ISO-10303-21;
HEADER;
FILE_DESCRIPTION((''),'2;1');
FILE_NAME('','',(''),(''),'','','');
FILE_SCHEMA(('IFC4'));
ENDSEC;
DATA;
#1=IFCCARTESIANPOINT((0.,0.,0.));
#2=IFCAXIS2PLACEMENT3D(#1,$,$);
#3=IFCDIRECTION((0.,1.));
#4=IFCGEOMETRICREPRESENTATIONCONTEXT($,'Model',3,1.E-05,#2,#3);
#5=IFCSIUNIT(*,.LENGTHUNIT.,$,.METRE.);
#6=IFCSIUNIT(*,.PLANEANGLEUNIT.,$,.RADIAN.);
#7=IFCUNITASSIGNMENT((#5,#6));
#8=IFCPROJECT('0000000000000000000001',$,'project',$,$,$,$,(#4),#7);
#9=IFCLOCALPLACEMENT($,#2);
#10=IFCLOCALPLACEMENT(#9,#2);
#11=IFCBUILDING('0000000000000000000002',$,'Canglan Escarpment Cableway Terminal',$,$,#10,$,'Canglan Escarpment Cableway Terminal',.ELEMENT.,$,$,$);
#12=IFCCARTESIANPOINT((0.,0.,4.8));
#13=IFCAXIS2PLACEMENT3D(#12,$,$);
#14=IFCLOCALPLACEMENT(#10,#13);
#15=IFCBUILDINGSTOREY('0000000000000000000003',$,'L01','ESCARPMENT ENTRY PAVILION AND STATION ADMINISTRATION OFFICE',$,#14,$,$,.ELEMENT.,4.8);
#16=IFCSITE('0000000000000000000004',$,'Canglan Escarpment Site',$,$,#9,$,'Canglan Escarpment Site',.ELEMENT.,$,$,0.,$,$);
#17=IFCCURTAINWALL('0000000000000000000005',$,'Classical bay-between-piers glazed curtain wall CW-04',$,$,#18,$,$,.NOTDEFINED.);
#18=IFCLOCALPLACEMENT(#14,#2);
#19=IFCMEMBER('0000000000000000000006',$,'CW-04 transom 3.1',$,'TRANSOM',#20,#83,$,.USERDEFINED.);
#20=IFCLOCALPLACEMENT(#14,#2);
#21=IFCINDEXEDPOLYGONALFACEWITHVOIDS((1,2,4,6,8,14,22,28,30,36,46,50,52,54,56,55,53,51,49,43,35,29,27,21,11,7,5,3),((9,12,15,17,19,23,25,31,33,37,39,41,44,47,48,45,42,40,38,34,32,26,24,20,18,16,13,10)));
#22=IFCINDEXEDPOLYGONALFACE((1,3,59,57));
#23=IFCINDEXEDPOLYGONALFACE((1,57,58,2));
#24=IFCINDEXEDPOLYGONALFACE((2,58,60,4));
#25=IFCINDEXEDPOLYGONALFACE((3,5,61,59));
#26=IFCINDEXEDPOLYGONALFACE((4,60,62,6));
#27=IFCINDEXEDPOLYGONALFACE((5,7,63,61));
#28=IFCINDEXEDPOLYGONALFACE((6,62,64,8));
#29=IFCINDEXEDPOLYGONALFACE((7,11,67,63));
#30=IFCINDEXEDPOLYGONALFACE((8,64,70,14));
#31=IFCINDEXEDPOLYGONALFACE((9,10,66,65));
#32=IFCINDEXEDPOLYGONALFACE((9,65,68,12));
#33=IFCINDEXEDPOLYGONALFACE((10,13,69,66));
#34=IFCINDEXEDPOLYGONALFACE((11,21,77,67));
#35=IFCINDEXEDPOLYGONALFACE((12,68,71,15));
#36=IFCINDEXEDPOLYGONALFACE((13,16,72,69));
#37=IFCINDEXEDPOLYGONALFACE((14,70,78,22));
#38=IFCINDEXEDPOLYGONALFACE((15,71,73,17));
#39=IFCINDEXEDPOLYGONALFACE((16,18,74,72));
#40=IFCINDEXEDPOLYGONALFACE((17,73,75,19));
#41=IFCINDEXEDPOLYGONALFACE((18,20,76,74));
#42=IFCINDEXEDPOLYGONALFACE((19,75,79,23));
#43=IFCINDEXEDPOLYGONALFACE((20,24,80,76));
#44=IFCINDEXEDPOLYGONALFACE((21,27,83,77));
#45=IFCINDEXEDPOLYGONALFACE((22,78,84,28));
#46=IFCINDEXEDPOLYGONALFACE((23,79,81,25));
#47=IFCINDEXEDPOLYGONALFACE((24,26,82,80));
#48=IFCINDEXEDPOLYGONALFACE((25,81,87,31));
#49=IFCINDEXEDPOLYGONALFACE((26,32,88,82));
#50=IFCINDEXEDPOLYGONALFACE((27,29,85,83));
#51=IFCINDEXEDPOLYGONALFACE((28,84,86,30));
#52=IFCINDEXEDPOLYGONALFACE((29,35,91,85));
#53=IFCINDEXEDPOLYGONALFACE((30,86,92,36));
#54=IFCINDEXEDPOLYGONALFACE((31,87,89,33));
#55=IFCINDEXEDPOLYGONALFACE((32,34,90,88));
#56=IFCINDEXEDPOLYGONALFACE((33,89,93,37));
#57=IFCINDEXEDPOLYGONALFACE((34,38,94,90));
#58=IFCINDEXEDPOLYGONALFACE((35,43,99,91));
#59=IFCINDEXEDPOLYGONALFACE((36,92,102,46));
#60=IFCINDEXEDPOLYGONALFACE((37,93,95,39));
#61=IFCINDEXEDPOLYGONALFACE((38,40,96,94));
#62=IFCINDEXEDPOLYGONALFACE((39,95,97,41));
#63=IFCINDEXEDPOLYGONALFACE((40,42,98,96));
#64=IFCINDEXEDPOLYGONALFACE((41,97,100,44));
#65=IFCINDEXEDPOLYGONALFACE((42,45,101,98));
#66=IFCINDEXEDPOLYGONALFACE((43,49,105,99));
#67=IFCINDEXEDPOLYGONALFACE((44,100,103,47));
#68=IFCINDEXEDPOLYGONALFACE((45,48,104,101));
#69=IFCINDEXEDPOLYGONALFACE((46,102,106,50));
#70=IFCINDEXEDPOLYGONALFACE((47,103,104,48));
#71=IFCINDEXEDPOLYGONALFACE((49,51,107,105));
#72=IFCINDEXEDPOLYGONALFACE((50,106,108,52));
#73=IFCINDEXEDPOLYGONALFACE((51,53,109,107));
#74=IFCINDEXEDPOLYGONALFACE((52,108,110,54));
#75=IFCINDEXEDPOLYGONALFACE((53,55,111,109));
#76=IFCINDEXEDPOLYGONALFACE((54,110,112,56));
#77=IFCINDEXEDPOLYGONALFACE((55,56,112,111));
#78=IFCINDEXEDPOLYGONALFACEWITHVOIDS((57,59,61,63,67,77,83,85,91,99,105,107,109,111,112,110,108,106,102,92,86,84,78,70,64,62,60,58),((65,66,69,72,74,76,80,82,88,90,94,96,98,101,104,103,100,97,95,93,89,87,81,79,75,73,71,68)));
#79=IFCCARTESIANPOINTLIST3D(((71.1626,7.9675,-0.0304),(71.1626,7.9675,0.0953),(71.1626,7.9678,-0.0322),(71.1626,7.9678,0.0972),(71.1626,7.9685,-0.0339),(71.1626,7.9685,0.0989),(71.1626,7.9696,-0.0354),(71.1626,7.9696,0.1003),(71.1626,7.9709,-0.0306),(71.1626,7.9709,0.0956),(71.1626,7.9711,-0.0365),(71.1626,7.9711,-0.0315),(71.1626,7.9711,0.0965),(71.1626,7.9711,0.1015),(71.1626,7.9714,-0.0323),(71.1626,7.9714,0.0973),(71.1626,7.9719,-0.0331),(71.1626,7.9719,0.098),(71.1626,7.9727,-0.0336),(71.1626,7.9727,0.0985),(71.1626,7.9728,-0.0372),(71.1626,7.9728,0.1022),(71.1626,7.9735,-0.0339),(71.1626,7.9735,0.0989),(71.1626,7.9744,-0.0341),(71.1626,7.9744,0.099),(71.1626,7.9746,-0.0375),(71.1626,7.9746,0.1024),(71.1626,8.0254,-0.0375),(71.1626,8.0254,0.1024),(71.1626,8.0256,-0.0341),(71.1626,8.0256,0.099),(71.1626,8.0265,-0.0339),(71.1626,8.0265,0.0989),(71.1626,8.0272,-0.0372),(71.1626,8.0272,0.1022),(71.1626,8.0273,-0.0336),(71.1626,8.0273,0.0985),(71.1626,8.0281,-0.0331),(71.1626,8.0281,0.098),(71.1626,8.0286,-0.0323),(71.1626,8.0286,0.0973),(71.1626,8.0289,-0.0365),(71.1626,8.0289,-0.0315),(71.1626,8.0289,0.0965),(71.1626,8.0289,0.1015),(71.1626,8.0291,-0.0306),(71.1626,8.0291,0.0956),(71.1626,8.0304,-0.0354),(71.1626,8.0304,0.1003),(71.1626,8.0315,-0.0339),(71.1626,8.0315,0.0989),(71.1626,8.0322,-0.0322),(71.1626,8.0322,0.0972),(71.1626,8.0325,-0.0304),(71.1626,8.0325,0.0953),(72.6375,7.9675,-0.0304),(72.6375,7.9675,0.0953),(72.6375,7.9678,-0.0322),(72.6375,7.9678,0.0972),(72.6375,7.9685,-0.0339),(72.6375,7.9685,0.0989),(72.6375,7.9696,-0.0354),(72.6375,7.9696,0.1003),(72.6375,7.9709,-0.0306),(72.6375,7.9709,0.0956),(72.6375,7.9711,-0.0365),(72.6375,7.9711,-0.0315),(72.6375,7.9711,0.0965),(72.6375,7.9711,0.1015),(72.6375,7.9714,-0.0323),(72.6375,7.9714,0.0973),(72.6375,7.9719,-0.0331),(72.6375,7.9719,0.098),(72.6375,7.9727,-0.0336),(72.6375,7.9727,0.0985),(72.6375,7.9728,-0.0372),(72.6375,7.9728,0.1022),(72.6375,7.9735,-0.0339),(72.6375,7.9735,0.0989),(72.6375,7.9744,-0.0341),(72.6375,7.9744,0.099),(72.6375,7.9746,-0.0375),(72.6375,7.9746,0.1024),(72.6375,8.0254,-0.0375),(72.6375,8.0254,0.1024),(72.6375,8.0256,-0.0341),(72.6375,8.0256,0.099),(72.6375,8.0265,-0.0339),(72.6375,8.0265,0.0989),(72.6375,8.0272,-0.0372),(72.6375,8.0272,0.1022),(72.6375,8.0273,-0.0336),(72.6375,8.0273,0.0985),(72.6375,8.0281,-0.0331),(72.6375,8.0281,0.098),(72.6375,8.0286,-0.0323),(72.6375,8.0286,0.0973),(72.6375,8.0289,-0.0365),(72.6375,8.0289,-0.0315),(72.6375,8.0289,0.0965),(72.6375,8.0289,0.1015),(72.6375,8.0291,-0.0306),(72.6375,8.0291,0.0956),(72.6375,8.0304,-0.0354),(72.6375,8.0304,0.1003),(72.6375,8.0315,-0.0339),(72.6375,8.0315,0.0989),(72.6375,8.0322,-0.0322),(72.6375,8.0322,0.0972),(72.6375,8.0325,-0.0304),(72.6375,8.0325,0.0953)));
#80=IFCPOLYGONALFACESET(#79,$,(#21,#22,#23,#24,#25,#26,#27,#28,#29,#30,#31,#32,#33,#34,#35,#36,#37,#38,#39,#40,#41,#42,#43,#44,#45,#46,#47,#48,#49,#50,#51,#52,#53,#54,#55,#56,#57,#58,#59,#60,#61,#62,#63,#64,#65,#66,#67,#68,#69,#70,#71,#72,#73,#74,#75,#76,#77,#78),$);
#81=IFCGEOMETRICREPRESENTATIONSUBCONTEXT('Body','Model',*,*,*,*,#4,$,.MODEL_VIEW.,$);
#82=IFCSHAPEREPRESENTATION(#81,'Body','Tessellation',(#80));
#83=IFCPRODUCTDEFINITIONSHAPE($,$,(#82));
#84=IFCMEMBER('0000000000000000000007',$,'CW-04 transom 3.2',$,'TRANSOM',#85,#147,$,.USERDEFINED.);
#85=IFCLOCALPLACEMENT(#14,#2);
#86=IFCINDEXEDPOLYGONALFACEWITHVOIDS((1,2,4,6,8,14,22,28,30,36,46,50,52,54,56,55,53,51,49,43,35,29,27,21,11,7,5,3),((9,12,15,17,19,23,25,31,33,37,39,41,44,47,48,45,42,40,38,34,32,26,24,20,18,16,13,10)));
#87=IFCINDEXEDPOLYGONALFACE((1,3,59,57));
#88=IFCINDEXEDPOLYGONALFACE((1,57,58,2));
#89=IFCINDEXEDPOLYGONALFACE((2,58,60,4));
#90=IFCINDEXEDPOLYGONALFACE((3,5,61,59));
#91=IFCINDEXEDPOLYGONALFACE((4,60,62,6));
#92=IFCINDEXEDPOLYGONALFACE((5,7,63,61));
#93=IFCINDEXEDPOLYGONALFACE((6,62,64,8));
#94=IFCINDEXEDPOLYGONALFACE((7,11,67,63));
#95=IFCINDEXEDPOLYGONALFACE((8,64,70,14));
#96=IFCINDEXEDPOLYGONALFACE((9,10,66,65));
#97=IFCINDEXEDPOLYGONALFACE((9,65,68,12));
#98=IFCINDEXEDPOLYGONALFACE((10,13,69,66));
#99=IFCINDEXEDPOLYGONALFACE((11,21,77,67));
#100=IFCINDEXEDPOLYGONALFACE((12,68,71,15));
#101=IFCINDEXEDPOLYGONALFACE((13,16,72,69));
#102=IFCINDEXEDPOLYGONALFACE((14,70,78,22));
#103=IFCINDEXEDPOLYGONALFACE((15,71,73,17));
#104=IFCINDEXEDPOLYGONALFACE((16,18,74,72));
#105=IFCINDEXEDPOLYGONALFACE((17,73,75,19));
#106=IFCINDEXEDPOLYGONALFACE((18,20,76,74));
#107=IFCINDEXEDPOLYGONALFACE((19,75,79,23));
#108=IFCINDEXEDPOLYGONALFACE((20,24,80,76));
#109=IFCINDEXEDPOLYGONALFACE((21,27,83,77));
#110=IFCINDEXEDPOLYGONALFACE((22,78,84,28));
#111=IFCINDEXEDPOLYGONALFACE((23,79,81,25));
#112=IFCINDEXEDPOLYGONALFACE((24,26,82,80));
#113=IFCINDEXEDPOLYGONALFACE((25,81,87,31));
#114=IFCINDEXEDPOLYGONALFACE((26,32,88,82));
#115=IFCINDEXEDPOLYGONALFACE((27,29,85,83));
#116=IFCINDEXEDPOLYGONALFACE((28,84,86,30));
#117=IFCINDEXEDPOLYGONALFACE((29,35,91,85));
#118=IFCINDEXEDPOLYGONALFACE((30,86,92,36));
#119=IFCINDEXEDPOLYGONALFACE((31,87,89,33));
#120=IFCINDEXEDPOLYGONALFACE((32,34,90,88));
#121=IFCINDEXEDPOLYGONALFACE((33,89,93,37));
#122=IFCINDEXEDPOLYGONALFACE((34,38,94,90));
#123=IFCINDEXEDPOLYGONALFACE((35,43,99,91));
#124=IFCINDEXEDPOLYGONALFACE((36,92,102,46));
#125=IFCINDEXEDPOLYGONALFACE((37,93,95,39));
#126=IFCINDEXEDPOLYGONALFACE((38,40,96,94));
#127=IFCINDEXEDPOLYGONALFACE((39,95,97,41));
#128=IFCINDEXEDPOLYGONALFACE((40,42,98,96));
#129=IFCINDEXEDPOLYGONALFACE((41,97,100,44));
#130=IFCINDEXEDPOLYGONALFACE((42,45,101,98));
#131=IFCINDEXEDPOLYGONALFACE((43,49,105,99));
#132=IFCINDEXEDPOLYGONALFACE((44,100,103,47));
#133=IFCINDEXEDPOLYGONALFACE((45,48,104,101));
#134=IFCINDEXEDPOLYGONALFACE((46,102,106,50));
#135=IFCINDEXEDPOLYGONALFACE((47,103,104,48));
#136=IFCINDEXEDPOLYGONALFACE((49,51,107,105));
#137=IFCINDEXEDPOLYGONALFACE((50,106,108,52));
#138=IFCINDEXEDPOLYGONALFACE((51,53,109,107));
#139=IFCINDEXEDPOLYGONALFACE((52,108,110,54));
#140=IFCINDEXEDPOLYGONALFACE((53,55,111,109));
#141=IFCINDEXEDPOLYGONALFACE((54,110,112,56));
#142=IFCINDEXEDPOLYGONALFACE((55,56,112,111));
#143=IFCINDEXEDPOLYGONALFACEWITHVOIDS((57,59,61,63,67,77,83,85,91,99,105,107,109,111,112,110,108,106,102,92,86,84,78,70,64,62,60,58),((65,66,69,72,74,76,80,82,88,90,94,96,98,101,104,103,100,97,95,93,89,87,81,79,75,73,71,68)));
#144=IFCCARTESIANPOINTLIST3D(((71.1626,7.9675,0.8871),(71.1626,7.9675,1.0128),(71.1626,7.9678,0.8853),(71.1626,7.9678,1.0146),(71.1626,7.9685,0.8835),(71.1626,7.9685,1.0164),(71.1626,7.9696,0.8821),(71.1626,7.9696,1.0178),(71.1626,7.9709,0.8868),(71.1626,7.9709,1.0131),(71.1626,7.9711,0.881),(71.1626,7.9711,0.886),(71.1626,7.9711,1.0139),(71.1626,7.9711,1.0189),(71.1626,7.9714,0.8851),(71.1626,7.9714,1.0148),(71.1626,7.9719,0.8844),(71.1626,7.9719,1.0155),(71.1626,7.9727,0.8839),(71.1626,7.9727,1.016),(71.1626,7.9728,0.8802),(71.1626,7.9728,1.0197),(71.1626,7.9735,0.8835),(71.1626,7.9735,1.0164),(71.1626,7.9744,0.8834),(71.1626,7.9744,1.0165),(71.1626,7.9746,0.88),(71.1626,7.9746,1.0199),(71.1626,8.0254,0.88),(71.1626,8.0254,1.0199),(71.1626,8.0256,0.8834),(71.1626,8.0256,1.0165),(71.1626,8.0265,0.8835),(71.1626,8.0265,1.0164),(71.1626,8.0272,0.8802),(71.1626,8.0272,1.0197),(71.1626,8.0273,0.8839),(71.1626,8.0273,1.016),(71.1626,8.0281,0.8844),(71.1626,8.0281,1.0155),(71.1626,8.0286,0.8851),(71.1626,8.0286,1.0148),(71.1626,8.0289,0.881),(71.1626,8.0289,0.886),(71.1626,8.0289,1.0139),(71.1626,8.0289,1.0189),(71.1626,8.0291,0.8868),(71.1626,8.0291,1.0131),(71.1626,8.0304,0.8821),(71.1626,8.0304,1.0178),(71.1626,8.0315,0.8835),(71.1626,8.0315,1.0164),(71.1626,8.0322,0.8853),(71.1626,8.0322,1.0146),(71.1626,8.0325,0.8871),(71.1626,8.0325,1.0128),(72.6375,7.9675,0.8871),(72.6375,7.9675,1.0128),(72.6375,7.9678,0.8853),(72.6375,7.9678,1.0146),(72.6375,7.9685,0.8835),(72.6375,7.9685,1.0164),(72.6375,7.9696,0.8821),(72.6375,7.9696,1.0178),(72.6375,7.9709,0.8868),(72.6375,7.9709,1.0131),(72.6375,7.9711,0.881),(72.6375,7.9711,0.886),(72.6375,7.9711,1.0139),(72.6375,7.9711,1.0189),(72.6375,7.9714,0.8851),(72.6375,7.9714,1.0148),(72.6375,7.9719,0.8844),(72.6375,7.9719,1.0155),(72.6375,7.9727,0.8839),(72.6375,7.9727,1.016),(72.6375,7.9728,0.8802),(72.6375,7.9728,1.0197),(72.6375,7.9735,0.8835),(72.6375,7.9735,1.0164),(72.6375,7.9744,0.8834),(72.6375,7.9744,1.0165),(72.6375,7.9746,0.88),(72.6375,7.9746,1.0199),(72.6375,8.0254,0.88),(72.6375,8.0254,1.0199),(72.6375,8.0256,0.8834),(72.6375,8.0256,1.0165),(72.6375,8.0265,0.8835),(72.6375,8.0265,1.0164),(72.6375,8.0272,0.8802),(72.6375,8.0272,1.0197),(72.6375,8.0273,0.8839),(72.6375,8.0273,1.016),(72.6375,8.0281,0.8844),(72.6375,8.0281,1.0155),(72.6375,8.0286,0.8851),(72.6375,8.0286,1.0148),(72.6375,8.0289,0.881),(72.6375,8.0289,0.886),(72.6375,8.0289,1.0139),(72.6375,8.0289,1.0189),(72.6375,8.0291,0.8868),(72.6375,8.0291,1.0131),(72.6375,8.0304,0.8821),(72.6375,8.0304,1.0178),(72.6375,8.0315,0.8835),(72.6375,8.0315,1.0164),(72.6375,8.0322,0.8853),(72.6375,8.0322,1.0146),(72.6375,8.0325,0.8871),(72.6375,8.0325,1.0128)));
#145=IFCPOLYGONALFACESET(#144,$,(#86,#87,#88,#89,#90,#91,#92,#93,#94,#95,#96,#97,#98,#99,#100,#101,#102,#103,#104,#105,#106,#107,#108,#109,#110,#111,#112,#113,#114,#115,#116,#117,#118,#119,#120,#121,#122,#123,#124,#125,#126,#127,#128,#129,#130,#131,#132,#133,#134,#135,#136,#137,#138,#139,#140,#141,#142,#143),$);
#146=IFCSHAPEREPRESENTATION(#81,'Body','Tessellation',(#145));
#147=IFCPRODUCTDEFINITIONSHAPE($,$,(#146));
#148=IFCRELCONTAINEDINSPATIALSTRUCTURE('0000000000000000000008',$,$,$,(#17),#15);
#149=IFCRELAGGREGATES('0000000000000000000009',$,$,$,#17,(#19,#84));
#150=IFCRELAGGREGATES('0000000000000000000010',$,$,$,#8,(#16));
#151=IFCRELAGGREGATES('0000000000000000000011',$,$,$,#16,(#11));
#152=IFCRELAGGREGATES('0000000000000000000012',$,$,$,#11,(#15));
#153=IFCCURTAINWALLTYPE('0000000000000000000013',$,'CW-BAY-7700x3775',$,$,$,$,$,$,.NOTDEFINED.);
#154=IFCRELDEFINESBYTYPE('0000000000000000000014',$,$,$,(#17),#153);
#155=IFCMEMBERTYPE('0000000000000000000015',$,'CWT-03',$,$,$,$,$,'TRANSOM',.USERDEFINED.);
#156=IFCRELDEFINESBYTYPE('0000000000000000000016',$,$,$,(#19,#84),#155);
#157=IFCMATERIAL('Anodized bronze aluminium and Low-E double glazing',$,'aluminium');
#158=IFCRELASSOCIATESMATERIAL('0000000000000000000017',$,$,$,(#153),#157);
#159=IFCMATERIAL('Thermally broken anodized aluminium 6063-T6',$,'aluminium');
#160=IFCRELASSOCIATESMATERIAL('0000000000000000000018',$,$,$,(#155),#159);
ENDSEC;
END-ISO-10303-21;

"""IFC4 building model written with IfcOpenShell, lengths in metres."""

from ifc_helpers import new_model, si_unit, direction, frame, origin, origin_2d, place, context, subcontext, project, spatial, hollow_rectangle, extrude, material, material_profile, profile_set, type_object, element, aggregate, save


model = new_model("IFC4")

# Units and contexts
model_context = context("Model", 3, precision=1e-05, world=origin(), true_north=direction((0.0, 1.0)))
body_context = subcontext(model_context, "Body", "Model", "MODEL_VIEW")
ifc_project = project(units=[si_unit("LENGTHUNIT", "METRE"), si_unit("PLANEANGLEUNIT", "RADIAN")], contexts=[model_context])

# Site, building, storey
site_placement = place(None, origin())
site = spatial("IfcSite", under=ifc_project, at=site_placement, Name="Canglan Escarpment Site", LongName="Canglan Escarpment Site", CompositionType="ELEMENT", RefElevation=0.0)
building_placement = place(site_placement, origin())
building = spatial("IfcBuilding", under=site, at=building_placement, Name="Canglan Escarpment Cableway Terminal", LongName="Canglan Escarpment Cableway Terminal", CompositionType="ELEMENT")
storey_placement = place(building_placement, frame((0.0, 0.0, 4.8)))
storey = spatial("IfcBuildingStorey", under=building, at=storey_placement, Name="L01", Description="ESCARPMENT ENTRY PAVILION AND STATION ADMINISTRATION OFFICE", CompositionType="ELEMENT", Elevation=4.8)

# Curtain wall, members
ifc_material_1 = material(Name="Anodized bronze aluminium and Low-E double glazing", Category="aluminium")
curtain_wall_type = type_object("IfcCurtainWallType", Name="CW-BAY-7700x3775", PredefinedType="NOTDEFINED", material=ifc_material_1)
curtain_wall_placement = place(storey_placement, origin())
curtain_wall = element("IfcCurtainWall", 1, at=curtain_wall_placement, inside=storey, type_object=curtain_wall_type, Name="Classical bay-between-piers glazed curtain wall CW-04", PredefinedType="NOTDEFINED")
ifc_material_2 = material(Name="Thermally broken anodized aluminium 6063-T6", Category="aluminium")
ifc_material_profile_1 = material_profile(ifc_material_2, hollow_rectangle(XDim=0.0649, YDim=0.1399, WallThickness=0.0034, InnerFilletRadius=0.0034, OuterFilletRadius=0.0071, at=origin_2d()), Name="ALU-TRAN 65x140x3.5")
ifc_profile_set_1 = profile_set([ifc_material_profile_1], Name="Thermally broken anodized aluminium 6063-T6")
member_type_1 = type_object("IfcMemberType", Name="CWT-03", ElementType="TRANSOM", PredefinedType="USERDEFINED", material=ifc_profile_set_1)
member_1_placement = place(storey_placement, frame((71.1626, 8.0, 0.0325), z_axis=(1.0, 0.0, 0.0), x_axis=(0.0, 1.0, 0.0)))
member_1 = element("IfcMember", 2, at=member_1_placement, type_object=member_type_1, Name="CW-04 transom 3.1", ObjectType="TRANSOM", PredefinedType="USERDEFINED", context=body_context, shape_type="SweptSolid", body=[
    extrude(hollow_rectangle(XDim=0.0649, YDim=0.1399, WallThickness=0.0034, InnerFilletRadius=0.0034, OuterFilletRadius=0.0071, at=origin_2d()), origin(), (0.0, 0.0, 1.0), 1.4749),
])
member_2_placement = place(storey_placement, frame((71.1626, 8.0, 0.95), z_axis=(1.0, 0.0, 0.0), x_axis=(0.0, 1.0, 0.0)))
member_2 = element("IfcMember", 3, at=member_2_placement, type_object=member_type_1, Name="CW-04 transom 3.2", ObjectType="TRANSOM", PredefinedType="USERDEFINED", context=body_context, shape_type="SweptSolid", body=[
    extrude(hollow_rectangle(XDim=0.0649, YDim=0.1399, WallThickness=0.0034, InnerFilletRadius=0.0034, OuterFilletRadius=0.0071, at=origin_2d()), origin(), (0.0, 0.0, 1.0), 1.4749),
])

aggregate(curtain_wall, [member_1, member_2])

save(model, "model.ifc")
